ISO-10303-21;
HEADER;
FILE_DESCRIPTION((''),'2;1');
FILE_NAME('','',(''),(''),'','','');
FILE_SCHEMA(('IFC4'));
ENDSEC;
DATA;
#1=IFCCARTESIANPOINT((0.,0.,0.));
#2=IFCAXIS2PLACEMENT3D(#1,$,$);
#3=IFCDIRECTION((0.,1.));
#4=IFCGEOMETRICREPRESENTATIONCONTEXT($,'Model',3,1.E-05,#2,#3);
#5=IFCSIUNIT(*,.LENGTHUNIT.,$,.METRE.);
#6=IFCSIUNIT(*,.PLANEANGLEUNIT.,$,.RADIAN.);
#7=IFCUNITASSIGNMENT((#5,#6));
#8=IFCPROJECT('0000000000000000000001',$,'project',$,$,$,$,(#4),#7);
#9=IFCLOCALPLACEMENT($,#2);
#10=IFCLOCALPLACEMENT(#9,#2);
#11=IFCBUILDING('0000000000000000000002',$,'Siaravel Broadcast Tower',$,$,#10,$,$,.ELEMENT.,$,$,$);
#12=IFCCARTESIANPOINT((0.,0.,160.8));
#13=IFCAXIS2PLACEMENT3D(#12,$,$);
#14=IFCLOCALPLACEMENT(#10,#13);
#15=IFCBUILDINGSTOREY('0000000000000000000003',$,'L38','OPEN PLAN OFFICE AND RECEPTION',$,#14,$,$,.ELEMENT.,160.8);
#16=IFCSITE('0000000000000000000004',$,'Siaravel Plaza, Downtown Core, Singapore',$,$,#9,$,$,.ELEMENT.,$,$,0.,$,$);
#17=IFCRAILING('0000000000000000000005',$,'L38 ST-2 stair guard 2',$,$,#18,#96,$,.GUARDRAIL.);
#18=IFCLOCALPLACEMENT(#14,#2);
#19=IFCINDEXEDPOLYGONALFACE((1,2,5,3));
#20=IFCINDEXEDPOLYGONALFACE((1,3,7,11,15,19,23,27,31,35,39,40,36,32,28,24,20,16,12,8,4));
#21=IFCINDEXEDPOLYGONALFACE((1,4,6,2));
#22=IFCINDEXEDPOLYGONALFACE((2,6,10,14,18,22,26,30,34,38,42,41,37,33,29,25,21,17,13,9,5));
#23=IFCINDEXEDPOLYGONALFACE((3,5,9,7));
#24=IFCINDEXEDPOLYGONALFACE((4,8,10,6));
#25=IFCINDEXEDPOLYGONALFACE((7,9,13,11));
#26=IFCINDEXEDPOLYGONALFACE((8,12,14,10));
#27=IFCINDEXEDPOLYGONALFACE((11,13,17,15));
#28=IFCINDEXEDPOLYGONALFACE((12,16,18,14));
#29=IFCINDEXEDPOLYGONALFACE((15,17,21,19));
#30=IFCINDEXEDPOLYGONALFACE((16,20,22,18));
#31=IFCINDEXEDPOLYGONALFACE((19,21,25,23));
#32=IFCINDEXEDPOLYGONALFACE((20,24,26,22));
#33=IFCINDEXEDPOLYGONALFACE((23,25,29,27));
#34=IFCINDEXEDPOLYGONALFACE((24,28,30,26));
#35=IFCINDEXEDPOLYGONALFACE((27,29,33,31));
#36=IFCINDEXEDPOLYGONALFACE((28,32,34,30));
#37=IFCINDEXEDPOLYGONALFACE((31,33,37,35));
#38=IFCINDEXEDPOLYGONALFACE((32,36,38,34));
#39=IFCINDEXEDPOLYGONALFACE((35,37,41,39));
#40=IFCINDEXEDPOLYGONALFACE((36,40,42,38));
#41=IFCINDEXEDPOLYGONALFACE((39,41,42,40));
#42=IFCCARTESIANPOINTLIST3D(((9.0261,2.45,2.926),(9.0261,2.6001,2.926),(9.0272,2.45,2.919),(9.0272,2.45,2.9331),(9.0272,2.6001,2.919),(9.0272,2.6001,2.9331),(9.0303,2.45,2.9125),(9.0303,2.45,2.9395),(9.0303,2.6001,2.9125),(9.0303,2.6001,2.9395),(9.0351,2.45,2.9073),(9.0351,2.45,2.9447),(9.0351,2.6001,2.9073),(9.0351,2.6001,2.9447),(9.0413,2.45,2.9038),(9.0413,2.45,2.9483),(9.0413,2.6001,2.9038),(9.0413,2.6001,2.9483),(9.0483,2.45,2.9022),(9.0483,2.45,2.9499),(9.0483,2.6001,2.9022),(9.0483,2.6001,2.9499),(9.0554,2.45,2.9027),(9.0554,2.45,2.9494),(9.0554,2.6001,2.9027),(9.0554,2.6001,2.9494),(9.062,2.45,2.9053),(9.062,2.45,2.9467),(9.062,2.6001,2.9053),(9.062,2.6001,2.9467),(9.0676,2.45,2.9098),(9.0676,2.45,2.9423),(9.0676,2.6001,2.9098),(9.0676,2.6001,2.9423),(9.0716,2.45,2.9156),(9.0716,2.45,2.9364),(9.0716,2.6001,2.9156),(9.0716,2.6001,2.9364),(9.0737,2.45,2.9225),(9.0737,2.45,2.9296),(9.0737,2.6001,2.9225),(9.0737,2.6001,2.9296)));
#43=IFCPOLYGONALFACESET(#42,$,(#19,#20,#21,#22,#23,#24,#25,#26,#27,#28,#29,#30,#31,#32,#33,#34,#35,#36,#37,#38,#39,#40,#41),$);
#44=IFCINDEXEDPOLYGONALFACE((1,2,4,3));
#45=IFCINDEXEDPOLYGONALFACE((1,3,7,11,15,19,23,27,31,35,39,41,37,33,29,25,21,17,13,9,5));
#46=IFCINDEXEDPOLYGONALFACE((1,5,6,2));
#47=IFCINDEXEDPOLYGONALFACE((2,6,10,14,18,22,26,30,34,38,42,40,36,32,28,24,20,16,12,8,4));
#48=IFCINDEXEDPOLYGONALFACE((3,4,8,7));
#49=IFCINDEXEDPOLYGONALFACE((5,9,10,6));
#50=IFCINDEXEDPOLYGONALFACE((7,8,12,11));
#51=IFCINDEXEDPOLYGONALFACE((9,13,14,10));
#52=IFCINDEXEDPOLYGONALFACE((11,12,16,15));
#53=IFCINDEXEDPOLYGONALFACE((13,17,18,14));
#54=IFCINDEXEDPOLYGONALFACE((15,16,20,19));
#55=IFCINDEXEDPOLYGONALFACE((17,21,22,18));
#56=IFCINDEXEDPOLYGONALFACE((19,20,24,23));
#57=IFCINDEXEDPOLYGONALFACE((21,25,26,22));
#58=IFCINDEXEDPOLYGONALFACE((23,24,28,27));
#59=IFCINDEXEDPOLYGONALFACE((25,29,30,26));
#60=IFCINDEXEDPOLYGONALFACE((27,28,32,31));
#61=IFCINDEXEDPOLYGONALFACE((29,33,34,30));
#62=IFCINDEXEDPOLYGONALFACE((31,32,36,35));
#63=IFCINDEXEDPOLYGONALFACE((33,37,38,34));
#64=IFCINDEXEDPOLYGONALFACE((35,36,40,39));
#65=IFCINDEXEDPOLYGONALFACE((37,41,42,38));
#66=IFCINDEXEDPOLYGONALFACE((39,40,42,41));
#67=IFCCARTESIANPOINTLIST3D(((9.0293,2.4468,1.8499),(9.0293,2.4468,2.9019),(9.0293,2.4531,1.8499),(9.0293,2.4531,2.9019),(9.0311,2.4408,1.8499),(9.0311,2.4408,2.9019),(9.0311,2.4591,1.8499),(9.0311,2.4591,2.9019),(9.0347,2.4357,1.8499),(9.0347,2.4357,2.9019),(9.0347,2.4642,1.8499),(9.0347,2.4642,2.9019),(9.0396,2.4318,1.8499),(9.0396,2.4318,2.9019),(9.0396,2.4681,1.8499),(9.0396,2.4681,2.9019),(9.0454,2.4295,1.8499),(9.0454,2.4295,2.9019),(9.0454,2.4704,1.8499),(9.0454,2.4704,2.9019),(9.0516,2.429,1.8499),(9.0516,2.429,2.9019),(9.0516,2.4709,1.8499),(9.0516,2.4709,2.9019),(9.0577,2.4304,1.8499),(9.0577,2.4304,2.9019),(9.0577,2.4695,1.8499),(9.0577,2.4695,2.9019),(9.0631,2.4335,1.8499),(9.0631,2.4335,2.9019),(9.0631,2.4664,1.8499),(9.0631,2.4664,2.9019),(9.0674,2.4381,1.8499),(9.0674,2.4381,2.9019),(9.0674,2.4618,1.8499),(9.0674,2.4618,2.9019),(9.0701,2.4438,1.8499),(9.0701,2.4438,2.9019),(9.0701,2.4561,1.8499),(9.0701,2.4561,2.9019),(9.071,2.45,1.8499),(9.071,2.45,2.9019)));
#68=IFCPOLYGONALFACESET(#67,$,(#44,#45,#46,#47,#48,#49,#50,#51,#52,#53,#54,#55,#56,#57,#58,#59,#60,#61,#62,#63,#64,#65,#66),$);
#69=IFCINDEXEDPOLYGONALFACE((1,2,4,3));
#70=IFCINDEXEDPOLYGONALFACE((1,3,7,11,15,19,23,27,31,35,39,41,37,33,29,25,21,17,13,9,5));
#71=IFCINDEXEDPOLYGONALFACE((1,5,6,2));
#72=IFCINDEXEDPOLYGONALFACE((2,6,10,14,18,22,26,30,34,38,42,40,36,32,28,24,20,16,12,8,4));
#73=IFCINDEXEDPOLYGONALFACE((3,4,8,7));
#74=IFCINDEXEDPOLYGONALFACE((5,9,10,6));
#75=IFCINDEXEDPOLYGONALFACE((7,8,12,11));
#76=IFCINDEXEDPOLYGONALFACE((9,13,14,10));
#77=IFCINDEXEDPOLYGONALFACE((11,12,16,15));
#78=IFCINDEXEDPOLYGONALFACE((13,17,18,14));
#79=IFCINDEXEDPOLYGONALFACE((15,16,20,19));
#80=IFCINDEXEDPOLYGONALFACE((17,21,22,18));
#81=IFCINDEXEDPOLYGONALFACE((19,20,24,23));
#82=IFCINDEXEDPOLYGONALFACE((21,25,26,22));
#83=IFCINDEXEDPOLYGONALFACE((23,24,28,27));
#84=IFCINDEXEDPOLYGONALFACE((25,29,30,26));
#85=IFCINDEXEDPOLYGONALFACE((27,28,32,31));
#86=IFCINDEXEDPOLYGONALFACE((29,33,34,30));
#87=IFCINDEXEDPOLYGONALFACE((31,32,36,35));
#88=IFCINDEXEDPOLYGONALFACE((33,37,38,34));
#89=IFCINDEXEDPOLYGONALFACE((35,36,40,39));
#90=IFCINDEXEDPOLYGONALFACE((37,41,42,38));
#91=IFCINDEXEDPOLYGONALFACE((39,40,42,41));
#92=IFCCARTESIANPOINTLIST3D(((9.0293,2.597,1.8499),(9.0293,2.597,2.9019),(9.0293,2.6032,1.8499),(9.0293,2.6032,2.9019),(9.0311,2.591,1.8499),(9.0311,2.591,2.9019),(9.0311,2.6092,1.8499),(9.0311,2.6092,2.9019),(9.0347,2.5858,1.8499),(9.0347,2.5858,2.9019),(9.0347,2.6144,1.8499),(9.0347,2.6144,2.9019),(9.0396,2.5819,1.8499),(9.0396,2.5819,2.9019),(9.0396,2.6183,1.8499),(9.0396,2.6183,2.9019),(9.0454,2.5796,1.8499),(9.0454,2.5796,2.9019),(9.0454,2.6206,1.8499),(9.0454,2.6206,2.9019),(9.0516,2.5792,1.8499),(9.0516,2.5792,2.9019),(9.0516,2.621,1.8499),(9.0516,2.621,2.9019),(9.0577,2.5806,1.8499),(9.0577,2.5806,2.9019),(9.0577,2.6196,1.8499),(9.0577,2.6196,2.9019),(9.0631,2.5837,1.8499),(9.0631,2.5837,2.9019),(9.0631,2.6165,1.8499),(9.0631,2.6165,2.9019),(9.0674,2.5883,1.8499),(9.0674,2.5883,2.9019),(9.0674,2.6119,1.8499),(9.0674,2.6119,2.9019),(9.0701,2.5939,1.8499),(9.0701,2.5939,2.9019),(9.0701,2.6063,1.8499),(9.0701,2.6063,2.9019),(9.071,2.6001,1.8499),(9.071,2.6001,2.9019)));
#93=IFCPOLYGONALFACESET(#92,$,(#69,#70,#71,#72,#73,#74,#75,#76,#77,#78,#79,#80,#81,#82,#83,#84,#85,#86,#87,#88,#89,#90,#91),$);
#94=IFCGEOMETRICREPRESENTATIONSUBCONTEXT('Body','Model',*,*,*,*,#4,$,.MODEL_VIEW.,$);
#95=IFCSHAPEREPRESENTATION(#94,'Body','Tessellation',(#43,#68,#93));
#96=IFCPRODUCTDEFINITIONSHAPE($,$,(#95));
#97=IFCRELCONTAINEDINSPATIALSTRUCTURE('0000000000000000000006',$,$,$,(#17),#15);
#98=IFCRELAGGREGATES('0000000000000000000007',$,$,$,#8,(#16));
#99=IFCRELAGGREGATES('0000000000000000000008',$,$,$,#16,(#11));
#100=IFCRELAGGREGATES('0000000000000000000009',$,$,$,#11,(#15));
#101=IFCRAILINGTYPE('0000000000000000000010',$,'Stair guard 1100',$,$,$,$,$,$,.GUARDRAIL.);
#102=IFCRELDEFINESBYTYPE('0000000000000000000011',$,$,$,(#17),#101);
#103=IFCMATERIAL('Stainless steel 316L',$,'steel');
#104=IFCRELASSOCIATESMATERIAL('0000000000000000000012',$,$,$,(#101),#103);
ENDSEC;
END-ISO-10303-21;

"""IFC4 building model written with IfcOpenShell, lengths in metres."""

from ifc_helpers import new_model, si_unit, direction, frame, origin, origin_2d, place, context, subcontext, project, spatial, circle, extrude, material, type_object, element, save


model = new_model("IFC4")

# Units and contexts
model_context = context("Model", 3, precision=1e-05, world=origin(), true_north=direction((0.0, 1.0)))
body_context = subcontext(model_context, "Body", "Model", "MODEL_VIEW")
ifc_project = project(units=[si_unit("LENGTHUNIT", "METRE"), si_unit("PLANEANGLEUNIT", "RADIAN")], contexts=[model_context])

# Site, building, storey
site_placement = place(None, origin())
site = spatial("IfcSite", under=ifc_project, at=site_placement, Name="Siaravel Plaza, Downtown Core, Singapore", CompositionType="ELEMENT", RefElevation=0.0)
building_placement = place(site_placement, origin())
building = spatial("IfcBuilding", under=site, at=building_placement, Name="Siaravel Broadcast Tower", CompositionType="ELEMENT")
storey_placement = place(building_placement, frame((0.0, 0.0, 160.8)))
storey = spatial("IfcBuildingStorey", under=building, at=storey_placement, Name="L38", Description="OPEN PLAN OFFICE AND RECEPTION", CompositionType="ELEMENT", Elevation=160.8)

# Railing
ifc_material_1 = material(Name="Stainless steel 316L", Category="steel")
railing_type_1 = type_object("IfcRailingType", Name="Stair guard 1100", PredefinedType="GUARDRAIL", material=ifc_material_1)
railing_1_placement = place(storey_placement, frame((9.05, 2.45, 1.8499)))
element("IfcRailing", 1, at=railing_1_placement, inside=storey, type_object=railing_type_1, Name="L38 ST-2 stair guard 2", PredefinedType="GUARDRAIL", context=body_context, shape_type="SweptSolid", body=[
    extrude(circle(Radius=0.0239, at=origin_2d()), frame((0.0, 0.0, 1.0762), z_axis=(0.0, 1.0, 0.0), x_axis=(-1.0, 0.0, 0.0)), (0.0, 0.0, 1.0), 0.1501),
    extrude(circle(Radius=0.021, at=origin_2d()), origin(), (0.0, 0.0, 1.0), 1.052),
    extrude(circle(Radius=0.021, at=origin_2d()), frame((0.0, 0.1501, 0.0)), (0.0, 0.0, 1.0), 1.052),
])

save(model, "model.ifc")
